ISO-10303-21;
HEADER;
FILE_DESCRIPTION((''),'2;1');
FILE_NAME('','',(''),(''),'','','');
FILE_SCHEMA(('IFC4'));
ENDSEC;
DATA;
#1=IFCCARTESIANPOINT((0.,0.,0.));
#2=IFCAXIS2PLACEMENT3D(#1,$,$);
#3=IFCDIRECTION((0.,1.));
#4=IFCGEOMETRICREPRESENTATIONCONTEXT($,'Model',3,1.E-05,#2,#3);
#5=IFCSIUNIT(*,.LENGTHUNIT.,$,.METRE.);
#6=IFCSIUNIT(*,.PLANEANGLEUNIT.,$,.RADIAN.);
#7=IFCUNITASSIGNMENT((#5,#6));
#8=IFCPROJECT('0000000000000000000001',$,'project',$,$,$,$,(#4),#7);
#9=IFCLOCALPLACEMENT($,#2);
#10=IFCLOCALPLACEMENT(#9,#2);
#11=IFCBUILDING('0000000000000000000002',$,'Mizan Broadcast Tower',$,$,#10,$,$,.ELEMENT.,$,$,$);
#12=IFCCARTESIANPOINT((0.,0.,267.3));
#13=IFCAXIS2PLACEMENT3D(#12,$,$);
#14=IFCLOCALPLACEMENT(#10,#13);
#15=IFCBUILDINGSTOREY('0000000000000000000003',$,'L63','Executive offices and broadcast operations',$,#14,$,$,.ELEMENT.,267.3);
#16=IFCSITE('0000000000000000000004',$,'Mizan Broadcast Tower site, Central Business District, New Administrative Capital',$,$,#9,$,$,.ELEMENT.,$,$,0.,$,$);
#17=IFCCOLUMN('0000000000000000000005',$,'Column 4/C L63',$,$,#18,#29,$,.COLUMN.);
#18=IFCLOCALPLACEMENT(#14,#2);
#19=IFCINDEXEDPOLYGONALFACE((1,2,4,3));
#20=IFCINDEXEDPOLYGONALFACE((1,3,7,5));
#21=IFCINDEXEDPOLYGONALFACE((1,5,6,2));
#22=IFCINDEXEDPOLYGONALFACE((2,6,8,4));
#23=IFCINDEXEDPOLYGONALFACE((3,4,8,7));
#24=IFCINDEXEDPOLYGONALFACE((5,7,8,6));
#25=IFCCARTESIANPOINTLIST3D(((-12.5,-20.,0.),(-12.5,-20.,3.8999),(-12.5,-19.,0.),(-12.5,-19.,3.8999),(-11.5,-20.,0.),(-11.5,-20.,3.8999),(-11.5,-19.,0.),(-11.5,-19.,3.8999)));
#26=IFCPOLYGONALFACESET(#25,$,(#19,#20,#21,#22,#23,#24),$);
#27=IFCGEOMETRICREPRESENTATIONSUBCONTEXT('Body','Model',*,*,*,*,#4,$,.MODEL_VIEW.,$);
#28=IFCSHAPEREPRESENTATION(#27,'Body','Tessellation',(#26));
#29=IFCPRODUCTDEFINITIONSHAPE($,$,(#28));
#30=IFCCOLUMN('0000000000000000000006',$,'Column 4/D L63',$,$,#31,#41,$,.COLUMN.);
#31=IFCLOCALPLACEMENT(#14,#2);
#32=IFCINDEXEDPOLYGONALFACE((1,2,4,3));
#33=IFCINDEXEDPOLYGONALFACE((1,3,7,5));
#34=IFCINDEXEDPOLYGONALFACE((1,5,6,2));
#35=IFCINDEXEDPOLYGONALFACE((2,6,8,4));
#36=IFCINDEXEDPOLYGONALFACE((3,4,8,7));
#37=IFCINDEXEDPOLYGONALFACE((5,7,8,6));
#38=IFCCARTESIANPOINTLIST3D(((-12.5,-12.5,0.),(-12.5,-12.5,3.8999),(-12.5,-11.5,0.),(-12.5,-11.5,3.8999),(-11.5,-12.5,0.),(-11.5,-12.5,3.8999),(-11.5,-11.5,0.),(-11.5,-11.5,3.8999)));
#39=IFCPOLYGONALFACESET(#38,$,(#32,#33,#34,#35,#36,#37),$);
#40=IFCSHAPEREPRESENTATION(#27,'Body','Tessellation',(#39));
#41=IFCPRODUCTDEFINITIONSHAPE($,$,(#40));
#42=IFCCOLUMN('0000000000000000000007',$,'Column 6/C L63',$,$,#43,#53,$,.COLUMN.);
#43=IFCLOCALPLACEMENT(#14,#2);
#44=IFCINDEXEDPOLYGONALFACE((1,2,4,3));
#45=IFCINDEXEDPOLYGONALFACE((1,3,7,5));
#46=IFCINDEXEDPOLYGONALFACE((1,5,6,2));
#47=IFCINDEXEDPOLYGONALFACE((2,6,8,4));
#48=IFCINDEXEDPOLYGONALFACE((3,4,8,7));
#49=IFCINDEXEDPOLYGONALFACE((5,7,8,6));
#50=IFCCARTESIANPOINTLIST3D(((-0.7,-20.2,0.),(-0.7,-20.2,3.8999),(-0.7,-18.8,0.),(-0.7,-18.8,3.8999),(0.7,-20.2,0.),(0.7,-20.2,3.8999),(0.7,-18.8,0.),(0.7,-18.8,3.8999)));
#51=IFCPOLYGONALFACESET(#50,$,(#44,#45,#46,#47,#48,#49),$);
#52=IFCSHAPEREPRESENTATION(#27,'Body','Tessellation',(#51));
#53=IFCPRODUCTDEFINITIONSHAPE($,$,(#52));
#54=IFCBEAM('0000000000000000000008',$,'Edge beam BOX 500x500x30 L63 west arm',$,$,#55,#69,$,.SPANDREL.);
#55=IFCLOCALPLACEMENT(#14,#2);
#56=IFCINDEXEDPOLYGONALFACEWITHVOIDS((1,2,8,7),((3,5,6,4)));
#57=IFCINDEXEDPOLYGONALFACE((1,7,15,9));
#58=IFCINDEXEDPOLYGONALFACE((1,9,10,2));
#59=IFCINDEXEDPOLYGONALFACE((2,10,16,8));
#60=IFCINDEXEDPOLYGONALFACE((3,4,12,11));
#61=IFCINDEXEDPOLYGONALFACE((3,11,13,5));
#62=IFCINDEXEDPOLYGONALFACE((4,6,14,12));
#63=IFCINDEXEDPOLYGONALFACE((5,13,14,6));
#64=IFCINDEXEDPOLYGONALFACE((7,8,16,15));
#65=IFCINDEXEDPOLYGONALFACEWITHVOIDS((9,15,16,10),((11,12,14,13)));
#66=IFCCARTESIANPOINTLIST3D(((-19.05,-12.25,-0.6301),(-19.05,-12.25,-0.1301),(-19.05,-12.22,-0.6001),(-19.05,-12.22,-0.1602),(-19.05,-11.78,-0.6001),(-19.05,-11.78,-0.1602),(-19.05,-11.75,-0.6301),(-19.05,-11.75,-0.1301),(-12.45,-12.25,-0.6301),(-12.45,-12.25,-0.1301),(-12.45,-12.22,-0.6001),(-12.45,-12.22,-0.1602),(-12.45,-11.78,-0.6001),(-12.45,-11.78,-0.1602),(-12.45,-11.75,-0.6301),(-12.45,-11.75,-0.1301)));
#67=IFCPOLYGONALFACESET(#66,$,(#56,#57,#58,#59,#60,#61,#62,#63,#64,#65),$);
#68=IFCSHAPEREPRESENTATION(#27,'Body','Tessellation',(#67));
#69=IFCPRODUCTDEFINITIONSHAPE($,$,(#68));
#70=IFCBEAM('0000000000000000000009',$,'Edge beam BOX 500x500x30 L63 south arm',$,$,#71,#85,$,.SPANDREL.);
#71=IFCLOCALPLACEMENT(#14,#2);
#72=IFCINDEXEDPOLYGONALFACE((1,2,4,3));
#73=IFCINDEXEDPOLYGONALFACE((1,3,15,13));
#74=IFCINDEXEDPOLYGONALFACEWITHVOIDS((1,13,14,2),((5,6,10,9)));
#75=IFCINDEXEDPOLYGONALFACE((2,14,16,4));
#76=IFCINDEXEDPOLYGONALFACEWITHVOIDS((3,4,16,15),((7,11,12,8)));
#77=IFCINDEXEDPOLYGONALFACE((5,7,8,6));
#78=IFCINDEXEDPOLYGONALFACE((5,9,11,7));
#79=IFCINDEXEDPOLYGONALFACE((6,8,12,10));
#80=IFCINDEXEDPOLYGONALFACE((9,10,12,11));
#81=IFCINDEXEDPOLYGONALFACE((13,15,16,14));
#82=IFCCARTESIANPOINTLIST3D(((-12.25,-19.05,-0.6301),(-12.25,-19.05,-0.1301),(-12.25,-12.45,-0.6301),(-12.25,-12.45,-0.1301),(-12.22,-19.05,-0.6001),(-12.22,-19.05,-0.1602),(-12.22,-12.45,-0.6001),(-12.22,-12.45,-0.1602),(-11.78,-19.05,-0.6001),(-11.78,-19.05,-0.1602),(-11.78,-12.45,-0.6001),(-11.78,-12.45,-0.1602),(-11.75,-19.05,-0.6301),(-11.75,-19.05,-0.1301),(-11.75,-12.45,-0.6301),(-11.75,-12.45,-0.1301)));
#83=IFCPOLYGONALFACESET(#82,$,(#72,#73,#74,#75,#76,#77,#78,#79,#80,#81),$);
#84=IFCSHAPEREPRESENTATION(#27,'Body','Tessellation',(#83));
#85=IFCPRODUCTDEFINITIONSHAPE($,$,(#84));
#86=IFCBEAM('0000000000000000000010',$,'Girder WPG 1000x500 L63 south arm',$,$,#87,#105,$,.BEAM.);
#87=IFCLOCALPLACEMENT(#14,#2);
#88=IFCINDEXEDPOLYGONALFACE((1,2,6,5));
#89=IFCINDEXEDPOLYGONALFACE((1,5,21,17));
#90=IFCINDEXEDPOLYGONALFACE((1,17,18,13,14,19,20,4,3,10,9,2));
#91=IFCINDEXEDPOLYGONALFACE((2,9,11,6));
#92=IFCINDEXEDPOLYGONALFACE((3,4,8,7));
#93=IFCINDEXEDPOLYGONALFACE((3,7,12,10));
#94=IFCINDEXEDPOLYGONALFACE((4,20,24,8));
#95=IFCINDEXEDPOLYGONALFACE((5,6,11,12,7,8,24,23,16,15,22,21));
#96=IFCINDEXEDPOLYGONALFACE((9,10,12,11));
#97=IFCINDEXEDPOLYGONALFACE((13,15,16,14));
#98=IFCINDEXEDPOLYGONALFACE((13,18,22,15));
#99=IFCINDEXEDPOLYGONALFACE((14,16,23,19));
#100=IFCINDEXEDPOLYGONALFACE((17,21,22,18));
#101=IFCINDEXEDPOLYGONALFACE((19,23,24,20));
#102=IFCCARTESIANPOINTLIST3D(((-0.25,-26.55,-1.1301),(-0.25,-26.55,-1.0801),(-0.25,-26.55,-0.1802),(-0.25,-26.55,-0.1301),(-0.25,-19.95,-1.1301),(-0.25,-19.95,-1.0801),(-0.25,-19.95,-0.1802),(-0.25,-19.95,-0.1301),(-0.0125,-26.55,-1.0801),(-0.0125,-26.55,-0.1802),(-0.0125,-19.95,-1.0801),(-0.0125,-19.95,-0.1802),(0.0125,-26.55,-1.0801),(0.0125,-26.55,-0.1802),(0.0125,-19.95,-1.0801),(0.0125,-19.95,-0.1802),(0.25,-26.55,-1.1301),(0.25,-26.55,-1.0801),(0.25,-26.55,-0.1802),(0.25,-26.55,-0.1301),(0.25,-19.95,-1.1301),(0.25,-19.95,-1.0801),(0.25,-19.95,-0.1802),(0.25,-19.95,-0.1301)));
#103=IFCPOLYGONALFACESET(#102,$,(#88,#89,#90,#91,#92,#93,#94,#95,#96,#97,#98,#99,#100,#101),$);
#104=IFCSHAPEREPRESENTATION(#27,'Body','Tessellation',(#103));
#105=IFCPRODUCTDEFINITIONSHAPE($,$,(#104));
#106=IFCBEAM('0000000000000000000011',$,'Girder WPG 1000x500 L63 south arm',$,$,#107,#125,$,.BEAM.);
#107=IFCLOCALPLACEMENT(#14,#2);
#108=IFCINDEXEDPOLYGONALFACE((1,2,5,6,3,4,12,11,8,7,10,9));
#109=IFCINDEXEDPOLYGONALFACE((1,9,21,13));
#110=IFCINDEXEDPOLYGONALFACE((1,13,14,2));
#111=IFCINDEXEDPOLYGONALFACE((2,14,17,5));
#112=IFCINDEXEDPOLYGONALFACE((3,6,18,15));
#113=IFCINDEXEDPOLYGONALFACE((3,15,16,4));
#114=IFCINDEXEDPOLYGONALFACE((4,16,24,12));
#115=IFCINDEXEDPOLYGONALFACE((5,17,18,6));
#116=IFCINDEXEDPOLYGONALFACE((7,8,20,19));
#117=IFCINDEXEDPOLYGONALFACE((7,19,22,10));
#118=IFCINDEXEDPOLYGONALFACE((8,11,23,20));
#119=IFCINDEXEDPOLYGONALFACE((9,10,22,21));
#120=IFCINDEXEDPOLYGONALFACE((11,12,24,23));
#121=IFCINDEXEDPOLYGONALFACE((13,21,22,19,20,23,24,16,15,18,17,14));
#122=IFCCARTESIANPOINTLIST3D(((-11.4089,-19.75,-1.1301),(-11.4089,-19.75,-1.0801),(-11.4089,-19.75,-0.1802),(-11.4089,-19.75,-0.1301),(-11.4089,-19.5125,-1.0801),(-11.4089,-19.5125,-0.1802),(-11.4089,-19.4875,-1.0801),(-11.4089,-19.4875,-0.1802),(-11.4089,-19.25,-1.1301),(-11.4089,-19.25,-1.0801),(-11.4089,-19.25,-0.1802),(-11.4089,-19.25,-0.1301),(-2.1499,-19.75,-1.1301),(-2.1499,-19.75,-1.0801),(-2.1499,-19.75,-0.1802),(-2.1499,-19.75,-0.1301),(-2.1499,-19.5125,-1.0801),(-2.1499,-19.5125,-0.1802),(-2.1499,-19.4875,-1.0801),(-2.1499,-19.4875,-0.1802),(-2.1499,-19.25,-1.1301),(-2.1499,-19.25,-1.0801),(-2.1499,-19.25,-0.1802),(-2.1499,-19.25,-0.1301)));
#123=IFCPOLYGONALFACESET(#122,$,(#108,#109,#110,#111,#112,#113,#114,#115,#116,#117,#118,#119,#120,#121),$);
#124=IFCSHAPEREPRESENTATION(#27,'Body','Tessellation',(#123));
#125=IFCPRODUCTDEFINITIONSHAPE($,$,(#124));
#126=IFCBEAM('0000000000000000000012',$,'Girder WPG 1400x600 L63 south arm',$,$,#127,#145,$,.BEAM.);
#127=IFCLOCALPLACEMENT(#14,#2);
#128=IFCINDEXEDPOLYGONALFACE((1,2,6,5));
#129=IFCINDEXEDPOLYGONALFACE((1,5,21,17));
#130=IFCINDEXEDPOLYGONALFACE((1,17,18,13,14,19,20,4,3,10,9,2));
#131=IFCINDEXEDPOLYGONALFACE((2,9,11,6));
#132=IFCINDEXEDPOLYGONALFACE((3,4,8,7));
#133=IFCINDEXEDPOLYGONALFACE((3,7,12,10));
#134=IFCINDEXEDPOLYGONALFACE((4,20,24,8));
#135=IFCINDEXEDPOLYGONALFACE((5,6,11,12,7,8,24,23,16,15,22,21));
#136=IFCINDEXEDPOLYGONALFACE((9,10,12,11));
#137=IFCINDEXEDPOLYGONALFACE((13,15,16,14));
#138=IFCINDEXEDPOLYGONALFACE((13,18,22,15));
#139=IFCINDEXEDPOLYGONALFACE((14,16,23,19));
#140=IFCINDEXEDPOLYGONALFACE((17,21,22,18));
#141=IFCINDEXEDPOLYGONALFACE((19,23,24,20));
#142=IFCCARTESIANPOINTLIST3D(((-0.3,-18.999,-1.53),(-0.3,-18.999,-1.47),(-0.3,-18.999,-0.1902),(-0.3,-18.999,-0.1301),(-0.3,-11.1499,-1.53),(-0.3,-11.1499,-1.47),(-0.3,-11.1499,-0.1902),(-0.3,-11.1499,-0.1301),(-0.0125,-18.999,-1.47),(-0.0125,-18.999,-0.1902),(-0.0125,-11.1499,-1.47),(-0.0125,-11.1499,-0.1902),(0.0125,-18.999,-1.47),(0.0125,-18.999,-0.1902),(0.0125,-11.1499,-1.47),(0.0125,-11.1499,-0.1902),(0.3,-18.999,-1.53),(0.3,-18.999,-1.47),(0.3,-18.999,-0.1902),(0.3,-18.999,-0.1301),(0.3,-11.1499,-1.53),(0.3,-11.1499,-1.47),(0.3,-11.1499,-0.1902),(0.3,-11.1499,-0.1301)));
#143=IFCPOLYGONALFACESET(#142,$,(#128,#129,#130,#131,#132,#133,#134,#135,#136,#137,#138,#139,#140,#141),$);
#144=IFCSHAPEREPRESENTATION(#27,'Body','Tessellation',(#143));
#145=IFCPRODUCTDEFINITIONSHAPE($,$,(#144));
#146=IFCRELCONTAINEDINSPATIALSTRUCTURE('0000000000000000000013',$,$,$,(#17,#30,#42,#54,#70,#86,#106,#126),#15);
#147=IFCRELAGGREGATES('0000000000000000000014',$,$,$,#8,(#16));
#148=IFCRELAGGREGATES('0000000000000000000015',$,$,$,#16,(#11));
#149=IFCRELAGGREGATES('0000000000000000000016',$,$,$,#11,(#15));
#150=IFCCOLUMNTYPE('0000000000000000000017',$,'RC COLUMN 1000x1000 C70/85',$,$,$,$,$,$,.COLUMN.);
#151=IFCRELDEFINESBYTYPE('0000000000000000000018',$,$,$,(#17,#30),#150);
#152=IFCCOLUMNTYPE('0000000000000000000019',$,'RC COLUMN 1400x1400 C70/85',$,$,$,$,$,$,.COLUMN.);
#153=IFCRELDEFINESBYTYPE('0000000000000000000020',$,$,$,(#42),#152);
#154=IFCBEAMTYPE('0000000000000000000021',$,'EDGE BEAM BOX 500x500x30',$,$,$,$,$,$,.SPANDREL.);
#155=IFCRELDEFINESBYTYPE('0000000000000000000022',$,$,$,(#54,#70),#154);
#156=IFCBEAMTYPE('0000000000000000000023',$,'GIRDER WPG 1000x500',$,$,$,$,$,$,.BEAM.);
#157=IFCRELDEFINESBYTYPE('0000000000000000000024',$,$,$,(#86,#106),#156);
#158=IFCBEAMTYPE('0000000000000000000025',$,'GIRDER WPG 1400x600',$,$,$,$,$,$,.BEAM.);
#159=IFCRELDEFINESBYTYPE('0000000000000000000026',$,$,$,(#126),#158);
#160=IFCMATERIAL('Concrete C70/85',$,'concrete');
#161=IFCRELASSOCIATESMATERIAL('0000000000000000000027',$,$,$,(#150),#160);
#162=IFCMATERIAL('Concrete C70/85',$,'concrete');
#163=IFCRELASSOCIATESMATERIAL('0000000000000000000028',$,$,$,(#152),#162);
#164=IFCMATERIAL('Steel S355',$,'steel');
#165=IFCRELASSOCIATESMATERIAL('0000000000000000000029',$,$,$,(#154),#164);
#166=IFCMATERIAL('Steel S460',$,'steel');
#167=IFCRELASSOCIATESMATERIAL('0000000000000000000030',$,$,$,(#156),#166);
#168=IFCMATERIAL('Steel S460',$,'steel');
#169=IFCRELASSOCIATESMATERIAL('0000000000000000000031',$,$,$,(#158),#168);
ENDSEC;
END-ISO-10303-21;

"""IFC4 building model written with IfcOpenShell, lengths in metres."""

from ifc_helpers import new_model, si_unit, direction, frame, origin, origin_2d, place, context, subcontext, project, spatial, rectangle, hollow_rectangle, i_section, extrude, material, material_profile, profile_set, type_object, element, save


model = new_model("IFC4")

# Units and contexts
model_context = context("Model", 3, precision=1e-05, world=origin(), true_north=direction((0.0, 1.0)))
body_context = subcontext(model_context, "Body", "Model", "MODEL_VIEW")
ifc_project = project(units=[si_unit("LENGTHUNIT", "METRE"), si_unit("PLANEANGLEUNIT", "RADIAN")], contexts=[model_context])

# Site, building, storey
site_placement = place(None, origin())
site = spatial("IfcSite", under=ifc_project, at=site_placement, Name="Mizan Broadcast Tower site, Central Business District, New Administrative Capital", CompositionType="ELEMENT", RefElevation=0.0)
building_placement = place(site_placement, origin())
building = spatial("IfcBuilding", under=site, at=building_placement, Name="Mizan Broadcast Tower", CompositionType="ELEMENT")
storey_placement = place(building_placement, frame((0.0, 0.0, 267.3)))
storey = spatial("IfcBuildingStorey", under=building, at=storey_placement, Name="L63", Description="Executive offices and broadcast operations", CompositionType="ELEMENT", Elevation=267.3)

# Columns
ifc_material_1 = material(Name="Concrete C70/85", Category="concrete")
ifc_material_profile_1 = material_profile(ifc_material_1, rectangle(XDim=1.0, YDim=1.0, at=origin_2d()), Name="RC 1000x1000")
ifc_profile_set_1 = profile_set([ifc_material_profile_1], Name="Concrete C70/85")
column_type_1 = type_object("IfcColumnType", Name="RC COLUMN 1000x1000 C70/85", PredefinedType="COLUMN", material=ifc_profile_set_1)
for number, where, z_axis, x_axis, name in (
    (1, (-12.0, -19.5, 0.0), (0.0, 0.0, 1.0), (1.0, 0.0, 0.0), "Column 4/C L63"),
    (2, (-12.0, -12.0, 0.0), (0.0, 0.0, 1.0), (1.0, 0.0, 0.0), "Column 4/D L63"),
):
    element("IfcColumn", number, at=place(storey_placement, frame(where, z_axis=z_axis, x_axis=x_axis)), inside=storey, type_object=column_type_1, Name=name, PredefinedType="COLUMN", context=body_context, shape_type="SweptSolid", body=[
        extrude(rectangle(XDim=1.0, YDim=1.0, at=origin_2d()), origin(), (0.0, 0.0, 1.0), 3.8999),
    ])
ifc_material_2 = material(Name="Concrete C70/85", Category="concrete")
ifc_material_profile_2 = material_profile(ifc_material_2, rectangle(XDim=1.3999, YDim=1.3999, at=origin_2d()), Name="RC 1400x1400")
ifc_profile_set_2 = profile_set([ifc_material_profile_2], Name="Concrete C70/85")
column_type_2 = type_object("IfcColumnType", Name="RC COLUMN 1400x1400 C70/85", PredefinedType="COLUMN", material=ifc_profile_set_2)
column_placement = place(storey_placement, frame((0.0, -19.5, 0.0), z_axis=(0.0, 0.0, 1.0), x_axis=(1.0, 0.0, 0.0)))
element("IfcColumn", 3, at=column_placement, inside=storey, type_object=column_type_2, Name="Column 6/C L63", PredefinedType="COLUMN", context=body_context, shape_type="SweptSolid", body=[
    extrude(rectangle(XDim=1.3999, YDim=1.3999, at=origin_2d()), origin(), (0.0, 0.0, 1.0), 3.8999),
])

# Beams
ifc_material_3 = material(Name="Steel S355", Category="steel")
ifc_material_profile_3 = material_profile(ifc_material_3, hollow_rectangle(XDim=0.5, YDim=0.5, WallThickness=0.03, at=origin_2d()), Name="BOX 500x500x30")
ifc_profile_set_3 = profile_set([ifc_material_profile_3], Name="Steel S355")
beam_type_1 = type_object("IfcBeamType", Name="EDGE BEAM BOX 500x500x30", PredefinedType="SPANDREL", material=ifc_profile_set_3)
for number, where, z_axis, x_axis, name in (
    (4, (-12.45, -12.0, -0.3801), (-1.0, 0.0, 0.0), (0.0, -1.0, 0.0), "Edge beam BOX 500x500x30 L63 west arm"),
    (5, (-12.0, -12.45, -0.3801), (0.0, -1.0, 0.0), (1.0, 0.0, 0.0), "Edge beam BOX 500x500x30 L63 south arm"),
):
    element("IfcBeam", number, at=place(storey_placement, frame(where, z_axis=z_axis, x_axis=x_axis)), inside=storey, type_object=beam_type_1, Name=name, PredefinedType="SPANDREL", context=body_context, shape_type="SweptSolid", body=[
        extrude(hollow_rectangle(XDim=0.5, YDim=0.5, WallThickness=0.03, at=origin_2d()), origin(), (0.0, 0.0, 1.0), 6.6001),
    ])
ifc_material_4 = material(Name="Steel S460", Category="steel")
ifc_material_profile_4 = material_profile(ifc_material_4, i_section(OverallWidth=0.5, OverallDepth=1.0, WebThickness=0.0249, FlangeThickness=0.05, at=origin_2d()), Name="WPG 1000x500")
ifc_profile_set_4 = profile_set([ifc_material_profile_4], Name="Steel S460")
beam_type_2 = type_object("IfcBeamType", Name="GIRDER WPG 1000x500", PredefinedType="BEAM", material=ifc_profile_set_4)
beam_1_placement = place(storey_placement, frame((0.0, -19.95, -0.6301), z_axis=(0.0, -1.0, 0.0), x_axis=(1.0, 0.0, 0.0)))
element("IfcBeam", 6, at=beam_1_placement, inside=storey, type_object=beam_type_2, Name="Girder WPG 1000x500 L63 south arm", PredefinedType="BEAM", context=body_context, shape_type="SweptSolid", body=[
    extrude(i_section(OverallWidth=0.5, OverallDepth=1.0, WebThickness=0.0249, FlangeThickness=0.05, at=origin_2d()), origin(), (0.0, 0.0, 1.0), 6.6001),
])
beam_2_placement = place(storey_placement, frame((-11.4089, -19.5, -0.6301), z_axis=(1.0, 0.0, 0.0), x_axis=(0.0, 1.0, 0.0)))
element("IfcBeam", 7, at=beam_2_placement, inside=storey, type_object=beam_type_2, Name="Girder WPG 1000x500 L63 south arm", PredefinedType="BEAM", context=body_context, shape_type="SweptSolid", body=[
    extrude(i_section(OverallWidth=0.5, OverallDepth=1.0, WebThickness=0.0249, FlangeThickness=0.05, at=origin_2d()), origin(), (0.0, 0.0, 1.0), 9.259),
])
ifc_material_5 = material(Name="Steel S460", Category="steel")
ifc_material_profile_5 = material_profile(ifc_material_5, i_section(OverallWidth=0.6001, OverallDepth=1.3999, WebThickness=0.0249, FlangeThickness=0.0601, at=origin_2d()), Name="WPG 1400x600")
ifc_profile_set_5 = profile_set([ifc_material_profile_5], Name="Steel S460")
beam_type_3 = type_object("IfcBeamType", Name="GIRDER WPG 1400x600", PredefinedType="BEAM", material=ifc_profile_set_5)
beam_3_placement = place(storey_placement, frame((0.0, -11.1499, -0.8301), z_axis=(0.0, -1.0, 0.0), x_axis=(1.0, 0.0, 0.0)))
element("IfcBeam", 8, at=beam_3_placement, inside=storey, type_object=beam_type_3, Name="Girder WPG 1400x600 L63 south arm", PredefinedType="BEAM", context=body_context, shape_type="SweptSolid", body=[
    extrude(i_section(OverallWidth=0.6001, OverallDepth=1.3999, WebThickness=0.0249, FlangeThickness=0.0601, at=origin_2d()), origin(), (0.0, 0.0, 1.0), 7.8491),
])

save(model, "model.ifc")
